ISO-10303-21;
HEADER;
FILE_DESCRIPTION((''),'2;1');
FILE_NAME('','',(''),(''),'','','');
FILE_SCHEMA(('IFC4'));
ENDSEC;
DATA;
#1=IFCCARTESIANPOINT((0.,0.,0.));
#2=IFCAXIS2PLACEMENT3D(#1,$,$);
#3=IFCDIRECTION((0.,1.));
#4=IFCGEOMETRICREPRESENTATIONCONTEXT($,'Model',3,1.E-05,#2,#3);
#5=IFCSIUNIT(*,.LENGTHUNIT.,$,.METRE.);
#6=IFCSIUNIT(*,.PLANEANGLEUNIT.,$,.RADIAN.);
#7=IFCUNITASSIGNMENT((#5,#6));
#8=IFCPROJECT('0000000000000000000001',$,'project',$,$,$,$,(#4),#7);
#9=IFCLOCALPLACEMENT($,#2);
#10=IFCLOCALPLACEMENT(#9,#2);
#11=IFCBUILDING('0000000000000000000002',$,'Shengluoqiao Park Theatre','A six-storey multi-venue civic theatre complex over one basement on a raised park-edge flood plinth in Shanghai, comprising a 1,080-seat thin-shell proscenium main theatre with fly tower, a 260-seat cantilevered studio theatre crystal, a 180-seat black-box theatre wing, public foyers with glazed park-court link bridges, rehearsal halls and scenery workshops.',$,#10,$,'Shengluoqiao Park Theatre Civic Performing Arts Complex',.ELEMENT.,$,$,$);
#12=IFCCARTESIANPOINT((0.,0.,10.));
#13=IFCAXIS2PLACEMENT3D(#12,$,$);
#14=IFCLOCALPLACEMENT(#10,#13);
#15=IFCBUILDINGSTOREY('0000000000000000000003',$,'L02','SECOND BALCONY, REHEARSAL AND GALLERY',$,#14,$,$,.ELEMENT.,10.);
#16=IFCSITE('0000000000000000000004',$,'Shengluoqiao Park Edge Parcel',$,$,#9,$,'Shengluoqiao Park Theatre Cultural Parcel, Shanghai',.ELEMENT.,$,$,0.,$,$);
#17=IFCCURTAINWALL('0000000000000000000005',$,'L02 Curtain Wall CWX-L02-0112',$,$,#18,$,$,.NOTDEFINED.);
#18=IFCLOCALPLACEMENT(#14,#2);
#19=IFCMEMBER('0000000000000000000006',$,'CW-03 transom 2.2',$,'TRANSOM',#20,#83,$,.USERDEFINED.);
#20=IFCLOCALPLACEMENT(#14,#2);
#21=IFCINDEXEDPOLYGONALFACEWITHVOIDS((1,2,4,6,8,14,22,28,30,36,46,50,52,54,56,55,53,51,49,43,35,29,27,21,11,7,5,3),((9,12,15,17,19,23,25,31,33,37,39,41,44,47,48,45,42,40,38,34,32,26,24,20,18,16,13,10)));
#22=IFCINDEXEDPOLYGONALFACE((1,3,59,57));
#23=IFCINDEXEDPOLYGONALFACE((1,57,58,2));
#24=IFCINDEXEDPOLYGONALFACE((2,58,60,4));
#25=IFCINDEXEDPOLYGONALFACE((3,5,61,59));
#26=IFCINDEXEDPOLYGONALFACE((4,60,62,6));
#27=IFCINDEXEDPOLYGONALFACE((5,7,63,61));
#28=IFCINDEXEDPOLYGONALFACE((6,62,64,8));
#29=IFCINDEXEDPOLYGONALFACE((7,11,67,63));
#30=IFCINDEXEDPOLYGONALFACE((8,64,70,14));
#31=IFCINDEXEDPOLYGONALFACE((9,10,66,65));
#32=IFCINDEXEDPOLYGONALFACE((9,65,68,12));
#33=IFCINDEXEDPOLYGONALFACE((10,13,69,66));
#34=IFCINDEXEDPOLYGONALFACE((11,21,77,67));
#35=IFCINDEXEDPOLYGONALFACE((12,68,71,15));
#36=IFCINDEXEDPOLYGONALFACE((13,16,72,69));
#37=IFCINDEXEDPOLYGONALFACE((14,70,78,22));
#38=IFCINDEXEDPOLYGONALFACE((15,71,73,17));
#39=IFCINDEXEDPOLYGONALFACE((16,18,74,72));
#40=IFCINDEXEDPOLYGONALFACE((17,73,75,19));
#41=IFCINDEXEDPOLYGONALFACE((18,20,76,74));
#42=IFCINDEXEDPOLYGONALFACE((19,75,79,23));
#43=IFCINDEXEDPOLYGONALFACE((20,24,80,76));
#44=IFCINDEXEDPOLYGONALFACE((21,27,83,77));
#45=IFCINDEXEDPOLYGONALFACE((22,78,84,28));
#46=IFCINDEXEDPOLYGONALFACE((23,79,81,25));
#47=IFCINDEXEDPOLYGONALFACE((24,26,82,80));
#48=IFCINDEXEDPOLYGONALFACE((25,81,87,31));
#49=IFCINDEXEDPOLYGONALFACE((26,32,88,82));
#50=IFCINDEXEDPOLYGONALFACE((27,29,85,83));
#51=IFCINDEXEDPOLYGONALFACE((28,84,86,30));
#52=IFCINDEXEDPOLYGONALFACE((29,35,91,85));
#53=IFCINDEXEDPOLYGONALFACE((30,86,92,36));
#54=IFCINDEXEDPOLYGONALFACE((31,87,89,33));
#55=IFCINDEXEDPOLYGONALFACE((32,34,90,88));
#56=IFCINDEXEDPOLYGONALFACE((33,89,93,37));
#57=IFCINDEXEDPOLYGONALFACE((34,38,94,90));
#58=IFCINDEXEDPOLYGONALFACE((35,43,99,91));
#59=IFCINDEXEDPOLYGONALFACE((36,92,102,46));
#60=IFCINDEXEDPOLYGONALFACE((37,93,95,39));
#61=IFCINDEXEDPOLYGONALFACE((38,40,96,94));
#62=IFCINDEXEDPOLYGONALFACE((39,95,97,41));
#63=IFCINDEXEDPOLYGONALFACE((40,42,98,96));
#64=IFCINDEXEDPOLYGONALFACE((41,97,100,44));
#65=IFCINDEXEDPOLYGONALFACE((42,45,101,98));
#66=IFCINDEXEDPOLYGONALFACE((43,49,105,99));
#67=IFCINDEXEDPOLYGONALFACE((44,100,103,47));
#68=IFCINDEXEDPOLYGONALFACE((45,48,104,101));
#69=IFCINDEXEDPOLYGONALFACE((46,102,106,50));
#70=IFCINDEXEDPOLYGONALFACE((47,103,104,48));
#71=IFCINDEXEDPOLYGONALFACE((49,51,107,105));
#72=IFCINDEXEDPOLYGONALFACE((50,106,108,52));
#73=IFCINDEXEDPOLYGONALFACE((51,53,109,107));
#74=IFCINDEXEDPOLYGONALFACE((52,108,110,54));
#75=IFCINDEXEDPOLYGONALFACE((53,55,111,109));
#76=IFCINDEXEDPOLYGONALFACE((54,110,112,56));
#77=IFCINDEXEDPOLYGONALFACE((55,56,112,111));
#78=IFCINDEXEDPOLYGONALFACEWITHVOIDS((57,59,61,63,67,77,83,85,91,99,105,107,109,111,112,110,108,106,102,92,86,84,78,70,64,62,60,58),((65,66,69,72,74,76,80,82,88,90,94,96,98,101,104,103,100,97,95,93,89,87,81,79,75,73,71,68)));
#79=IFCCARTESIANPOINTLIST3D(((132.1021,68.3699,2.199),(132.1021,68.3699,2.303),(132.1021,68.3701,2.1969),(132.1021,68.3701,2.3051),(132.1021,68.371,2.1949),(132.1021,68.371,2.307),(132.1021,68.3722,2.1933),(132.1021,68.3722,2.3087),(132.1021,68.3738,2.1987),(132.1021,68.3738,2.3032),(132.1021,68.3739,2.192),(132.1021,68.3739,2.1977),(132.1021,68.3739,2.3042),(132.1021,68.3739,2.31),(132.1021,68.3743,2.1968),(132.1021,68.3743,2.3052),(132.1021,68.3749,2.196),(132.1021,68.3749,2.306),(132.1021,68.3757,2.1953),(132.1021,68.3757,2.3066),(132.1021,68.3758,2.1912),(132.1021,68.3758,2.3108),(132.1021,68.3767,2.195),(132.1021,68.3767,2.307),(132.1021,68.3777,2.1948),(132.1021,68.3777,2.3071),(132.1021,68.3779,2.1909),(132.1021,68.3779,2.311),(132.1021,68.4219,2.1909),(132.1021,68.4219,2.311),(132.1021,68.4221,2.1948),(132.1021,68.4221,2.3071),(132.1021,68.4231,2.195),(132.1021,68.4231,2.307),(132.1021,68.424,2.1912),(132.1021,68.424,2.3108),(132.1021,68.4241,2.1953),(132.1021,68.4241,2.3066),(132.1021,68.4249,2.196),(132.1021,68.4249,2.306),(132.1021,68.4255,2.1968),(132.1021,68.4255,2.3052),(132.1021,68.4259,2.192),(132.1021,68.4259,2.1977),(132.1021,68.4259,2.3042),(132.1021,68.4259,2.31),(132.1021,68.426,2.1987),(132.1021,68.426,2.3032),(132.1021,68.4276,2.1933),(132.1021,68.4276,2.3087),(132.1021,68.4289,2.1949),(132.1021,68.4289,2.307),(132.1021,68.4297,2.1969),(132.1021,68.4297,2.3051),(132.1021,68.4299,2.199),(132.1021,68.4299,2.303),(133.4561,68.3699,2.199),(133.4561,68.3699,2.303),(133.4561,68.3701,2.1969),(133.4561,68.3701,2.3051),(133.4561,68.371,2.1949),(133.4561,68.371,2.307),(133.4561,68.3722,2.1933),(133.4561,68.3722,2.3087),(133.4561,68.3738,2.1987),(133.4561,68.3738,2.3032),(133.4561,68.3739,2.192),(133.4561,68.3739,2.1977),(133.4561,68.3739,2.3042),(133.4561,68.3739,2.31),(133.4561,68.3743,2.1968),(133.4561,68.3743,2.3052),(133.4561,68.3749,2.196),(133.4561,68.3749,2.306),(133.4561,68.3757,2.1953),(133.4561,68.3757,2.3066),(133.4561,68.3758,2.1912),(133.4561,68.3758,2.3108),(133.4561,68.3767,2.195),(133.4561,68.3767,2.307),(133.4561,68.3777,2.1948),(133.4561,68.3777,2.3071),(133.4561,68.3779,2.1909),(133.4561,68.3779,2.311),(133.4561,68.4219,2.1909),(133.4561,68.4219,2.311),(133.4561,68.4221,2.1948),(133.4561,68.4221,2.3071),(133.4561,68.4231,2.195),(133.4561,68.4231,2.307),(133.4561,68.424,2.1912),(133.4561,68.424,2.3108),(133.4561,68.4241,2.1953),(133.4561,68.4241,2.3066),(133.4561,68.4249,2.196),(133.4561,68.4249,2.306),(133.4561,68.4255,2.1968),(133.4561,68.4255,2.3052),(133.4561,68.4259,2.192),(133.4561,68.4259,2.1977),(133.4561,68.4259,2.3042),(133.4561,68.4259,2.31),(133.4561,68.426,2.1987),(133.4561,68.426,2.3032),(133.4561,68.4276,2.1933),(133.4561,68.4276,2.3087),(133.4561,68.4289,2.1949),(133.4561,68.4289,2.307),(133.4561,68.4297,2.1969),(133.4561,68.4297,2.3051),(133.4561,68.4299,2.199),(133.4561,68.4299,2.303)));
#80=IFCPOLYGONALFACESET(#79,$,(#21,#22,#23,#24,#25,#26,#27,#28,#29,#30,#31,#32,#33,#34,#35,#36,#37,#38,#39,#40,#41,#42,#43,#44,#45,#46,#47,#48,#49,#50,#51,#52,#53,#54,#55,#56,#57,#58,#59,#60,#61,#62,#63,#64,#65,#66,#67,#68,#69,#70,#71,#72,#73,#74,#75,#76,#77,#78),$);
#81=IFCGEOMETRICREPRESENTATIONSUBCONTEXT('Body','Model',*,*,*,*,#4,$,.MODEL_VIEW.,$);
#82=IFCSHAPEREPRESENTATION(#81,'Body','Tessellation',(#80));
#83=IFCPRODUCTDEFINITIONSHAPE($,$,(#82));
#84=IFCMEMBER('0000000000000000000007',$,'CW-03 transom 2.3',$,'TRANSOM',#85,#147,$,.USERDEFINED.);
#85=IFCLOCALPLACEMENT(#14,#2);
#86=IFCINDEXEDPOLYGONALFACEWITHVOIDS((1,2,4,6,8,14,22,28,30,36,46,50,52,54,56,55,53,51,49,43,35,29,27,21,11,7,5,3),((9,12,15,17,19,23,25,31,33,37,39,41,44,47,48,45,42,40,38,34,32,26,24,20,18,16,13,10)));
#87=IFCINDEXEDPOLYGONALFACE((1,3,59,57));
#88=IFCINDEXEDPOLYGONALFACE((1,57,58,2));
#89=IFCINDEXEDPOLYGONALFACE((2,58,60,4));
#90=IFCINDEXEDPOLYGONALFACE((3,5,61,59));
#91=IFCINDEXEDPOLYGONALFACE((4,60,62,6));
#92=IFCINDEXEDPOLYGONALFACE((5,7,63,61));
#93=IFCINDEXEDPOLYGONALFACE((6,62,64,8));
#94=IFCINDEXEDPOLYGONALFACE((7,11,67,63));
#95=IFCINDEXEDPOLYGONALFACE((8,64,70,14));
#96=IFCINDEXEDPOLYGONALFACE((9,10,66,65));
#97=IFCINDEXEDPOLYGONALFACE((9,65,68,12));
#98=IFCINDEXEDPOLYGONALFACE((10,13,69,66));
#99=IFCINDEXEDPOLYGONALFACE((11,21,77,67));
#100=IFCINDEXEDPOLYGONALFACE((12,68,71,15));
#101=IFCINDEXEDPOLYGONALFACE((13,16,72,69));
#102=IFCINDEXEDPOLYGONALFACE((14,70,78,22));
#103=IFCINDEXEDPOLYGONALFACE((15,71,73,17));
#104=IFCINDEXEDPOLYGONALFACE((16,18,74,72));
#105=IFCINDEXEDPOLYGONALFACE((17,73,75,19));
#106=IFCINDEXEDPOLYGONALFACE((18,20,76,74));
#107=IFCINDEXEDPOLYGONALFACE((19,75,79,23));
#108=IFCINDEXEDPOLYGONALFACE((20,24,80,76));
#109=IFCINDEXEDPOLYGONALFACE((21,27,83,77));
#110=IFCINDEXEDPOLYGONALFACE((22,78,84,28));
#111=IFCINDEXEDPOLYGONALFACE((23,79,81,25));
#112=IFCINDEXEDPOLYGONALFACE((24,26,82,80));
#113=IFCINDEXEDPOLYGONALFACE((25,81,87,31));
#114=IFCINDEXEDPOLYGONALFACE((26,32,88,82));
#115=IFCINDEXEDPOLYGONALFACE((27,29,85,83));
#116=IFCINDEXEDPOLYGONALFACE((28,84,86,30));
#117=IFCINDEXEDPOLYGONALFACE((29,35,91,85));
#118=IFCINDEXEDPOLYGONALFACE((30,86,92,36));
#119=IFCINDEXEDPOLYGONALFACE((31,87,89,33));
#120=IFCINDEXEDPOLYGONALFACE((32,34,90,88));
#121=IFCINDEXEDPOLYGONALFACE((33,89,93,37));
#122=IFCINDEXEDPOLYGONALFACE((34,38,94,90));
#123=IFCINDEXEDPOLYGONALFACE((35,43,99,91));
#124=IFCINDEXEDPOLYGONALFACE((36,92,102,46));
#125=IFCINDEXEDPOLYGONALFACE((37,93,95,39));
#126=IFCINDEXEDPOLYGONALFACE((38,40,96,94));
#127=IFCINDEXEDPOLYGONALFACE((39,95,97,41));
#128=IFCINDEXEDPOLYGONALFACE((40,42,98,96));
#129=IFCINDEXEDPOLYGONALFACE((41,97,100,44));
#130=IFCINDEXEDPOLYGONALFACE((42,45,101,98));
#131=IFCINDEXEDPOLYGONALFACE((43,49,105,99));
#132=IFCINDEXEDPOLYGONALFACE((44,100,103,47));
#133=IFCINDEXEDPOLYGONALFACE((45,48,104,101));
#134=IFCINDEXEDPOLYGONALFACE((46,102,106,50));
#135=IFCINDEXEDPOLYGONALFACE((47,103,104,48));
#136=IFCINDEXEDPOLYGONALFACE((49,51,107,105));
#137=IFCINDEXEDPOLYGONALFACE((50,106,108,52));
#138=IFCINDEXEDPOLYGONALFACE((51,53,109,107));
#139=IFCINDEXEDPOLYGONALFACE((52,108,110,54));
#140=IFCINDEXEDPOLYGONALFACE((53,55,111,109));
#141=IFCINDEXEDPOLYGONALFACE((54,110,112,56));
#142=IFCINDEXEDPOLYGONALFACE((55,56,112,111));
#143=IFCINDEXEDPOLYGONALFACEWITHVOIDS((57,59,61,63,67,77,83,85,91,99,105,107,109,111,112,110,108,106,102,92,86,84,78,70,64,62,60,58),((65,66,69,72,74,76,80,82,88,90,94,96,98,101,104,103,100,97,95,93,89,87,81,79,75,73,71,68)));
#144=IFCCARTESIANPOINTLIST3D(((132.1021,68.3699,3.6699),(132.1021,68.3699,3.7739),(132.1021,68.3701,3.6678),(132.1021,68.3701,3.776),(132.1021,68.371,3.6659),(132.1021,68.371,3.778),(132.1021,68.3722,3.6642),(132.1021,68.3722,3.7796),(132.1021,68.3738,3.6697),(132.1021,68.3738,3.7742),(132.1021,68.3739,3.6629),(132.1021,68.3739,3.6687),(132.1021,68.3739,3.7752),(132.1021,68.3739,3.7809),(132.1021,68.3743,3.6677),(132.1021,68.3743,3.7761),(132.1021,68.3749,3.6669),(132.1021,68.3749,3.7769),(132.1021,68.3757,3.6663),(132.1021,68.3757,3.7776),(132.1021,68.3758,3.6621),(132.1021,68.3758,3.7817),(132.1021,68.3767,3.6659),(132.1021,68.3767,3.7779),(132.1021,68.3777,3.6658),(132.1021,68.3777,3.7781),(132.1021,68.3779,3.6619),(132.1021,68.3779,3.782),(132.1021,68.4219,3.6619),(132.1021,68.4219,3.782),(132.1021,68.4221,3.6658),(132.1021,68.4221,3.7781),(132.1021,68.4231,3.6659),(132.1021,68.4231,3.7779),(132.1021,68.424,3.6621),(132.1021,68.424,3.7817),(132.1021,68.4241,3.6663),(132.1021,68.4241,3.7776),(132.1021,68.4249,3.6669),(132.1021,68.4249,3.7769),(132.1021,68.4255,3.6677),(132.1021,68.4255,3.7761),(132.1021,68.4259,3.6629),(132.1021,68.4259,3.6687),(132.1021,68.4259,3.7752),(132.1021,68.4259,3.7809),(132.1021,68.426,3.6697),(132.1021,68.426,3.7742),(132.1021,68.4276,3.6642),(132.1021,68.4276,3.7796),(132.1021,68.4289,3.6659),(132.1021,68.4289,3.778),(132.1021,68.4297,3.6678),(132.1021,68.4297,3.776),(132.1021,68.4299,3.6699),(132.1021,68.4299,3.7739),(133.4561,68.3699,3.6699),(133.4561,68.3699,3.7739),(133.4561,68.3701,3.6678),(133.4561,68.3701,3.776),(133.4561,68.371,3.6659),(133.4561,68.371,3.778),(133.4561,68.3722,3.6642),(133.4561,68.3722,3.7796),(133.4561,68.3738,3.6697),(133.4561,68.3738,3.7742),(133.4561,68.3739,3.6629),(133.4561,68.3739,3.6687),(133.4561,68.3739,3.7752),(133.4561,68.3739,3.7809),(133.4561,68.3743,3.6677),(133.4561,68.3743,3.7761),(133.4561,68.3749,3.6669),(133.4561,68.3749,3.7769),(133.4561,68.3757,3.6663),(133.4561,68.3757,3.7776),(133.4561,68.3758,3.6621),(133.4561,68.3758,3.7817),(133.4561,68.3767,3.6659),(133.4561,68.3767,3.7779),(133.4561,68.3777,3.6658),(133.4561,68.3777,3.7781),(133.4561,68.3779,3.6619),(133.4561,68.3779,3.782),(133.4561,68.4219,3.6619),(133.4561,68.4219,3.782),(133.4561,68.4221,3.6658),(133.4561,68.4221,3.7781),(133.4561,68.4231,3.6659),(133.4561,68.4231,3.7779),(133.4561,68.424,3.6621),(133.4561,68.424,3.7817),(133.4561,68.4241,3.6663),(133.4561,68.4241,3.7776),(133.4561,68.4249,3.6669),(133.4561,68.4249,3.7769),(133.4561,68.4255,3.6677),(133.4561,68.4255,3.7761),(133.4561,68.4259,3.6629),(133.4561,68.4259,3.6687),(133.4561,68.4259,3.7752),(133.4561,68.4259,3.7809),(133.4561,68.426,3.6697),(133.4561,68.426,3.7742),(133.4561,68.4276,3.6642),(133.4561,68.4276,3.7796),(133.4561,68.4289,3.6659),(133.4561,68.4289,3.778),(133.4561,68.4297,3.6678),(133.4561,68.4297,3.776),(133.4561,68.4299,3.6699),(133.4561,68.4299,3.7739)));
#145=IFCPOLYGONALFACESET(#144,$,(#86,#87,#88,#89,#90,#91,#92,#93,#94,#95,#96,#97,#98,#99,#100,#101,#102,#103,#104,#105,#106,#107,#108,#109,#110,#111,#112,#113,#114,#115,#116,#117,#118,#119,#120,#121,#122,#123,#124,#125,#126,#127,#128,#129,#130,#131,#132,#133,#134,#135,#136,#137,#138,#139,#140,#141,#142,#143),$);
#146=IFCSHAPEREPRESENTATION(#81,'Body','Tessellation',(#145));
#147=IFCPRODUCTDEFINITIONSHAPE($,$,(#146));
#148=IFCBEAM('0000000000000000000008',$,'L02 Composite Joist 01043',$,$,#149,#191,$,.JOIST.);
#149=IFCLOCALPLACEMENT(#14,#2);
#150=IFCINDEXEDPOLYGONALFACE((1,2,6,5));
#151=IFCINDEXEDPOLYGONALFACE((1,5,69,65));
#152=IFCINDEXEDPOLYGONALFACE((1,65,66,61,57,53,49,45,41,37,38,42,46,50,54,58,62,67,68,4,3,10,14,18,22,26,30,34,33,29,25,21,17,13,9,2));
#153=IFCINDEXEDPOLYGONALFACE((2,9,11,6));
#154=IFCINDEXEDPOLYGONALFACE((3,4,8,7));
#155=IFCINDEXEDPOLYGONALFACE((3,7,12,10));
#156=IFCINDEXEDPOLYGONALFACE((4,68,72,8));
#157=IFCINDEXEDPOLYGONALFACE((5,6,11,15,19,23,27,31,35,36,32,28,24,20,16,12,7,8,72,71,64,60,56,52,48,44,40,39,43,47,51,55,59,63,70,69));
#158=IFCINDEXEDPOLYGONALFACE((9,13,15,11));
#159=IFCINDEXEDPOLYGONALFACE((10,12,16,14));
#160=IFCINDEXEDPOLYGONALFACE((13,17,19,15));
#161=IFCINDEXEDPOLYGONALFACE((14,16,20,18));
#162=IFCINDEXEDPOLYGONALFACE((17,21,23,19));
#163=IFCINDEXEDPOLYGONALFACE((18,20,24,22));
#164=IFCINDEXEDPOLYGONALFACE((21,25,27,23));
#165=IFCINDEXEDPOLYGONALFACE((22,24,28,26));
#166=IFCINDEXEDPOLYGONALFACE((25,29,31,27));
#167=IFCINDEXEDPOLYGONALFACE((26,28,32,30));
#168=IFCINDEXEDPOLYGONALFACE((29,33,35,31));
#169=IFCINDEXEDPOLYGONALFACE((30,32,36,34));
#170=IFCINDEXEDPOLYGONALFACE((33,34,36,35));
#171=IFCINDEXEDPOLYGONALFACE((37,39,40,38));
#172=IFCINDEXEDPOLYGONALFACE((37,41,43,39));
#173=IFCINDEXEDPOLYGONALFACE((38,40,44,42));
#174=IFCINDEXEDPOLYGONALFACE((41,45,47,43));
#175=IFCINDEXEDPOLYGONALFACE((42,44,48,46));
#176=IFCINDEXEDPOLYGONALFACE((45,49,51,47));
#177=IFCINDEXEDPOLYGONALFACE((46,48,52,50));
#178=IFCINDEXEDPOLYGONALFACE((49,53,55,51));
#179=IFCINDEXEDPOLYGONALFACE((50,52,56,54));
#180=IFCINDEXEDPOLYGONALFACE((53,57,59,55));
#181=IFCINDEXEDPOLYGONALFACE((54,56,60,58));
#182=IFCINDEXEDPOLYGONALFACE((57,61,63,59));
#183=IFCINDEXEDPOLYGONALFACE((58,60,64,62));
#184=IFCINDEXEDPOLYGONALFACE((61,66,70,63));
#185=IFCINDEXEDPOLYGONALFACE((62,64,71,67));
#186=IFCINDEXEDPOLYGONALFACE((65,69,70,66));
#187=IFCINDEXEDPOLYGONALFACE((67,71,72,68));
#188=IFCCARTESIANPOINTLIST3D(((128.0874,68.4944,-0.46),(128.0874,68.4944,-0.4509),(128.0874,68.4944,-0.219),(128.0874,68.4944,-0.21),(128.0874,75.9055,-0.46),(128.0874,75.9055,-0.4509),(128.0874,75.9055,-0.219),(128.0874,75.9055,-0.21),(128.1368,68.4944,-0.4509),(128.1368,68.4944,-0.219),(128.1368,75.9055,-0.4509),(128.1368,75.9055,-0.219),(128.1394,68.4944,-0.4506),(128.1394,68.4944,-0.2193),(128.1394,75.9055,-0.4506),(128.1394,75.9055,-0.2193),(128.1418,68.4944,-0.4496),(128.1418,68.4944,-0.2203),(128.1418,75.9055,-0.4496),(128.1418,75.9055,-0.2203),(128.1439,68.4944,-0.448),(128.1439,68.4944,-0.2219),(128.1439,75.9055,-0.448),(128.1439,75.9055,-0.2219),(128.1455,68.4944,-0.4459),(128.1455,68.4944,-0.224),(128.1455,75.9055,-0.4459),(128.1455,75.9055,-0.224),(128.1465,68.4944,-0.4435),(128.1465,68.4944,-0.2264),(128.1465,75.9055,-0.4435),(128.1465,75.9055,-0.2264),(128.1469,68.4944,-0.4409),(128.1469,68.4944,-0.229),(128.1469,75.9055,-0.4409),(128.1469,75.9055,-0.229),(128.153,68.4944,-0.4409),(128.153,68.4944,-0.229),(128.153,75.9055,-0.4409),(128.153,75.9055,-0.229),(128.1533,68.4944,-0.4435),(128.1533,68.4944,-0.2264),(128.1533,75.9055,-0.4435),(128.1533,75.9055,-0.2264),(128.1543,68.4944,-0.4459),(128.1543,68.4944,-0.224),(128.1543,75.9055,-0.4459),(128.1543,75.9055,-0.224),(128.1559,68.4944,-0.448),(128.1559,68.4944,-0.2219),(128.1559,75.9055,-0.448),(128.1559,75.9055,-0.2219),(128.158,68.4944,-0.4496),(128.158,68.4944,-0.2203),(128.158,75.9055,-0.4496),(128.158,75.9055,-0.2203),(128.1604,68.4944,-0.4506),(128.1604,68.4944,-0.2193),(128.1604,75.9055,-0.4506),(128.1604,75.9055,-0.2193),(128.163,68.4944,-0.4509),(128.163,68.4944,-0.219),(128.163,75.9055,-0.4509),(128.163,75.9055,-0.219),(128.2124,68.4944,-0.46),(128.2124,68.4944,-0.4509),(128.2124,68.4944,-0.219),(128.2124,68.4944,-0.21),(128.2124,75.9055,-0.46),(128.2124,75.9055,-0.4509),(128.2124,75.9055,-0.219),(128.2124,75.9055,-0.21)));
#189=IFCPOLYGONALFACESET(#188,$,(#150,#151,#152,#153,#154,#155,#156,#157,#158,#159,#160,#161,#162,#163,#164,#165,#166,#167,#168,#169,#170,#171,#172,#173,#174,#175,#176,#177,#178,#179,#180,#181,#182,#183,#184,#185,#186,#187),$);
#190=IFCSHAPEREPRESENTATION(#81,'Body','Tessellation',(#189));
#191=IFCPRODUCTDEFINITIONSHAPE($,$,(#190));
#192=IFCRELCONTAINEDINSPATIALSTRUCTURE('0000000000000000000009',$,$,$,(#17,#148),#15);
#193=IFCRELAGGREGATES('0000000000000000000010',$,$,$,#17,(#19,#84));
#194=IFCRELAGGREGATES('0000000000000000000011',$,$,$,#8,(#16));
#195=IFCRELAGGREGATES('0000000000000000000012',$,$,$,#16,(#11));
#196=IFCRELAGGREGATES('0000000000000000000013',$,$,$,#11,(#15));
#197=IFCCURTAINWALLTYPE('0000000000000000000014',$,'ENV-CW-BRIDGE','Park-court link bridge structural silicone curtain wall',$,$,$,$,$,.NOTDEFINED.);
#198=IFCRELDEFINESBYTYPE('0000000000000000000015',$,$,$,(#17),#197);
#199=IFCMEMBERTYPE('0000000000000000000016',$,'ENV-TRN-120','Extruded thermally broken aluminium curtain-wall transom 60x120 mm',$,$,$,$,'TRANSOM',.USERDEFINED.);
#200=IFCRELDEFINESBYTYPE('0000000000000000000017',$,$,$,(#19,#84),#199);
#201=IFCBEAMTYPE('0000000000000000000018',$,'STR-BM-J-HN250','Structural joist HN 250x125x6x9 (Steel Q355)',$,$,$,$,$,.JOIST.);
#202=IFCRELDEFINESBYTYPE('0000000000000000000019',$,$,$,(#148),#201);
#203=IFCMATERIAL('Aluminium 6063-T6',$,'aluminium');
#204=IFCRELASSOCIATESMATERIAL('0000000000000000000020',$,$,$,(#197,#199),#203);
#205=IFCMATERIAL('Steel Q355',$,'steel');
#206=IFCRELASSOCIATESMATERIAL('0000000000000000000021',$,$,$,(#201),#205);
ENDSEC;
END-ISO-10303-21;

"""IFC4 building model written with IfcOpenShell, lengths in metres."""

from ifc_helpers import new_model, si_unit, direction, frame, origin, origin_2d, place, context, subcontext, project, spatial, hollow_rectangle, i_section, extrude, material, material_profile, profile_set, type_object, element, aggregate, save


model = new_model("IFC4")

# Units and contexts
model_context = context("Model", 3, precision=1e-05, world=origin(), true_north=direction((0.0, 1.0)))
body_context = subcontext(model_context, "Body", "Model", "MODEL_VIEW")
ifc_project = project(units=[si_unit("LENGTHUNIT", "METRE"), si_unit("PLANEANGLEUNIT", "RADIAN")], contexts=[model_context])

# Site, building, storey
site_placement = place(None, origin())
site = spatial("IfcSite", under=ifc_project, at=site_placement, Name="Shengluoqiao Park Edge Parcel", LongName="Shengluoqiao Park Theatre Cultural Parcel, Shanghai", CompositionType="ELEMENT", RefElevation=0.0)
building_placement = place(site_placement, origin())
building = spatial("IfcBuilding", under=site, at=building_placement, Name="Shengluoqiao Park Theatre", Description="A six-storey multi-venue civic theatre complex over one basement on a raised park-edge flood plinth in Shanghai, comprising a 1,080-seat thin-shell proscenium main theatre with fly tower, a 260-seat cantilevered studio theatre crystal, a 180-seat black-box theatre wing, public foyers with glazed park-court link bridges, rehearsal halls and scenery workshops.", LongName="Shengluoqiao Park Theatre Civic Performing Arts Complex", CompositionType="ELEMENT")
storey_placement = place(building_placement, frame((0.0, 0.0, 10.0)))
storey = spatial("IfcBuildingStorey", under=building, at=storey_placement, Name="L02", Description="SECOND BALCONY, REHEARSAL AND GALLERY", CompositionType="ELEMENT", Elevation=10.0)

# Curtain wall
ifc_material_1 = material(Name="Aluminium 6063-T6", Category="aluminium")
curtain_wall_type = type_object("IfcCurtainWallType", Name="ENV-CW-BRIDGE", Description="Park-court link bridge structural silicone curtain wall", PredefinedType="NOTDEFINED", material=ifc_material_1)
curtain_wall_1_placement = place(storey_placement, origin())
curtain_wall_1 = element("IfcCurtainWall", 1, at=curtain_wall_1_placement, inside=storey, type_object=curtain_wall_type, Name="L02 Curtain Wall CWX-L02-0112", PredefinedType="NOTDEFINED")

# Members
ifc_material_profile_1 = material_profile(ifc_material_1, hollow_rectangle(XDim=0.0601, YDim=0.1201, WallThickness=0.0039, InnerFilletRadius=0.0039, OuterFilletRadius=0.0081, at=origin_2d()), Name="ALU TRANSOM 120x60x4")
ifc_profile_set_1 = profile_set([ifc_material_profile_1], Name="Aluminium 6063-T6")
member_type_1 = type_object("IfcMemberType", Name="ENV-TRN-120", Description="Extruded thermally broken aluminium curtain-wall transom 60x120 mm", ElementType="TRANSOM", PredefinedType="USERDEFINED", material=ifc_profile_set_1)
member_1_placement = place(storey_placement, frame((132.1021, 68.3999, 2.251), z_axis=(1.0, 0.0, 0.0), x_axis=(0.0, 1.0, 0.0)))
member_1 = element("IfcMember", 2, at=member_1_placement, type_object=member_type_1, Name="CW-03 transom 2.2", ObjectType="TRANSOM", PredefinedType="USERDEFINED", context=body_context, shape_type="SweptSolid", body=[
    extrude(hollow_rectangle(XDim=0.0601, YDim=0.1201, WallThickness=0.0039, InnerFilletRadius=0.0039, OuterFilletRadius=0.0081, at=origin_2d()), origin(), (0.0, 0.0, 1.0), 1.354),
])
member_2_placement = place(storey_placement, frame((132.1021, 68.3999, 3.7219), z_axis=(1.0, 0.0, 0.0), x_axis=(0.0, 1.0, 0.0)))
member_2 = element("IfcMember", 3, at=member_2_placement, type_object=member_type_1, Name="CW-03 transom 2.3", ObjectType="TRANSOM", PredefinedType="USERDEFINED", context=body_context, shape_type="SweptSolid", body=[
    extrude(hollow_rectangle(XDim=0.0601, YDim=0.1201, WallThickness=0.0039, InnerFilletRadius=0.0039, OuterFilletRadius=0.0081, at=origin_2d()), origin(), (0.0, 0.0, 1.0), 1.354),
])

# Beam
ifc_material_2 = material(Name="Steel Q355", Category="steel")
ifc_material_profile_2 = material_profile(ifc_material_2, i_section(OverallWidth=0.125, OverallDepth=0.25, WebThickness=0.0061, FlangeThickness=0.009, FilletRadius=0.01, at=origin_2d()), Name="HN 250x125x6x9")
ifc_profile_set_2 = profile_set([ifc_material_profile_2], Name="Steel Q355")
beam_type_1 = type_object("IfcBeamType", Name="STR-BM-J-HN250", Description="Structural joist HN 250x125x6x9 (Steel Q355)", PredefinedType="JOIST", material=ifc_profile_set_2)
for number, where, z_axis, x_axis, name in (
    (4, (128.1499, 68.4944, -0.335), (0.0, 1.0, 0.0), (-1.0, 0.0, 0.0), "L02 Composite Joist 01043"),
):
    element("IfcBeam", number, at=place(storey_placement, frame(where, z_axis=z_axis, x_axis=x_axis)), inside=storey, type_object=beam_type_1, Name=name, PredefinedType="JOIST", context=body_context, shape_type="SweptSolid", body=[
        extrude(i_section(OverallWidth=0.125, OverallDepth=0.25, WebThickness=0.0061, FlangeThickness=0.009, FilletRadius=0.01, at=origin_2d()), origin(), (0.0, 0.0, 1.0), 7.4111),
    ])

aggregate(curtain_wall_1, [member_1, member_2])

save(model, "model.ifc")
